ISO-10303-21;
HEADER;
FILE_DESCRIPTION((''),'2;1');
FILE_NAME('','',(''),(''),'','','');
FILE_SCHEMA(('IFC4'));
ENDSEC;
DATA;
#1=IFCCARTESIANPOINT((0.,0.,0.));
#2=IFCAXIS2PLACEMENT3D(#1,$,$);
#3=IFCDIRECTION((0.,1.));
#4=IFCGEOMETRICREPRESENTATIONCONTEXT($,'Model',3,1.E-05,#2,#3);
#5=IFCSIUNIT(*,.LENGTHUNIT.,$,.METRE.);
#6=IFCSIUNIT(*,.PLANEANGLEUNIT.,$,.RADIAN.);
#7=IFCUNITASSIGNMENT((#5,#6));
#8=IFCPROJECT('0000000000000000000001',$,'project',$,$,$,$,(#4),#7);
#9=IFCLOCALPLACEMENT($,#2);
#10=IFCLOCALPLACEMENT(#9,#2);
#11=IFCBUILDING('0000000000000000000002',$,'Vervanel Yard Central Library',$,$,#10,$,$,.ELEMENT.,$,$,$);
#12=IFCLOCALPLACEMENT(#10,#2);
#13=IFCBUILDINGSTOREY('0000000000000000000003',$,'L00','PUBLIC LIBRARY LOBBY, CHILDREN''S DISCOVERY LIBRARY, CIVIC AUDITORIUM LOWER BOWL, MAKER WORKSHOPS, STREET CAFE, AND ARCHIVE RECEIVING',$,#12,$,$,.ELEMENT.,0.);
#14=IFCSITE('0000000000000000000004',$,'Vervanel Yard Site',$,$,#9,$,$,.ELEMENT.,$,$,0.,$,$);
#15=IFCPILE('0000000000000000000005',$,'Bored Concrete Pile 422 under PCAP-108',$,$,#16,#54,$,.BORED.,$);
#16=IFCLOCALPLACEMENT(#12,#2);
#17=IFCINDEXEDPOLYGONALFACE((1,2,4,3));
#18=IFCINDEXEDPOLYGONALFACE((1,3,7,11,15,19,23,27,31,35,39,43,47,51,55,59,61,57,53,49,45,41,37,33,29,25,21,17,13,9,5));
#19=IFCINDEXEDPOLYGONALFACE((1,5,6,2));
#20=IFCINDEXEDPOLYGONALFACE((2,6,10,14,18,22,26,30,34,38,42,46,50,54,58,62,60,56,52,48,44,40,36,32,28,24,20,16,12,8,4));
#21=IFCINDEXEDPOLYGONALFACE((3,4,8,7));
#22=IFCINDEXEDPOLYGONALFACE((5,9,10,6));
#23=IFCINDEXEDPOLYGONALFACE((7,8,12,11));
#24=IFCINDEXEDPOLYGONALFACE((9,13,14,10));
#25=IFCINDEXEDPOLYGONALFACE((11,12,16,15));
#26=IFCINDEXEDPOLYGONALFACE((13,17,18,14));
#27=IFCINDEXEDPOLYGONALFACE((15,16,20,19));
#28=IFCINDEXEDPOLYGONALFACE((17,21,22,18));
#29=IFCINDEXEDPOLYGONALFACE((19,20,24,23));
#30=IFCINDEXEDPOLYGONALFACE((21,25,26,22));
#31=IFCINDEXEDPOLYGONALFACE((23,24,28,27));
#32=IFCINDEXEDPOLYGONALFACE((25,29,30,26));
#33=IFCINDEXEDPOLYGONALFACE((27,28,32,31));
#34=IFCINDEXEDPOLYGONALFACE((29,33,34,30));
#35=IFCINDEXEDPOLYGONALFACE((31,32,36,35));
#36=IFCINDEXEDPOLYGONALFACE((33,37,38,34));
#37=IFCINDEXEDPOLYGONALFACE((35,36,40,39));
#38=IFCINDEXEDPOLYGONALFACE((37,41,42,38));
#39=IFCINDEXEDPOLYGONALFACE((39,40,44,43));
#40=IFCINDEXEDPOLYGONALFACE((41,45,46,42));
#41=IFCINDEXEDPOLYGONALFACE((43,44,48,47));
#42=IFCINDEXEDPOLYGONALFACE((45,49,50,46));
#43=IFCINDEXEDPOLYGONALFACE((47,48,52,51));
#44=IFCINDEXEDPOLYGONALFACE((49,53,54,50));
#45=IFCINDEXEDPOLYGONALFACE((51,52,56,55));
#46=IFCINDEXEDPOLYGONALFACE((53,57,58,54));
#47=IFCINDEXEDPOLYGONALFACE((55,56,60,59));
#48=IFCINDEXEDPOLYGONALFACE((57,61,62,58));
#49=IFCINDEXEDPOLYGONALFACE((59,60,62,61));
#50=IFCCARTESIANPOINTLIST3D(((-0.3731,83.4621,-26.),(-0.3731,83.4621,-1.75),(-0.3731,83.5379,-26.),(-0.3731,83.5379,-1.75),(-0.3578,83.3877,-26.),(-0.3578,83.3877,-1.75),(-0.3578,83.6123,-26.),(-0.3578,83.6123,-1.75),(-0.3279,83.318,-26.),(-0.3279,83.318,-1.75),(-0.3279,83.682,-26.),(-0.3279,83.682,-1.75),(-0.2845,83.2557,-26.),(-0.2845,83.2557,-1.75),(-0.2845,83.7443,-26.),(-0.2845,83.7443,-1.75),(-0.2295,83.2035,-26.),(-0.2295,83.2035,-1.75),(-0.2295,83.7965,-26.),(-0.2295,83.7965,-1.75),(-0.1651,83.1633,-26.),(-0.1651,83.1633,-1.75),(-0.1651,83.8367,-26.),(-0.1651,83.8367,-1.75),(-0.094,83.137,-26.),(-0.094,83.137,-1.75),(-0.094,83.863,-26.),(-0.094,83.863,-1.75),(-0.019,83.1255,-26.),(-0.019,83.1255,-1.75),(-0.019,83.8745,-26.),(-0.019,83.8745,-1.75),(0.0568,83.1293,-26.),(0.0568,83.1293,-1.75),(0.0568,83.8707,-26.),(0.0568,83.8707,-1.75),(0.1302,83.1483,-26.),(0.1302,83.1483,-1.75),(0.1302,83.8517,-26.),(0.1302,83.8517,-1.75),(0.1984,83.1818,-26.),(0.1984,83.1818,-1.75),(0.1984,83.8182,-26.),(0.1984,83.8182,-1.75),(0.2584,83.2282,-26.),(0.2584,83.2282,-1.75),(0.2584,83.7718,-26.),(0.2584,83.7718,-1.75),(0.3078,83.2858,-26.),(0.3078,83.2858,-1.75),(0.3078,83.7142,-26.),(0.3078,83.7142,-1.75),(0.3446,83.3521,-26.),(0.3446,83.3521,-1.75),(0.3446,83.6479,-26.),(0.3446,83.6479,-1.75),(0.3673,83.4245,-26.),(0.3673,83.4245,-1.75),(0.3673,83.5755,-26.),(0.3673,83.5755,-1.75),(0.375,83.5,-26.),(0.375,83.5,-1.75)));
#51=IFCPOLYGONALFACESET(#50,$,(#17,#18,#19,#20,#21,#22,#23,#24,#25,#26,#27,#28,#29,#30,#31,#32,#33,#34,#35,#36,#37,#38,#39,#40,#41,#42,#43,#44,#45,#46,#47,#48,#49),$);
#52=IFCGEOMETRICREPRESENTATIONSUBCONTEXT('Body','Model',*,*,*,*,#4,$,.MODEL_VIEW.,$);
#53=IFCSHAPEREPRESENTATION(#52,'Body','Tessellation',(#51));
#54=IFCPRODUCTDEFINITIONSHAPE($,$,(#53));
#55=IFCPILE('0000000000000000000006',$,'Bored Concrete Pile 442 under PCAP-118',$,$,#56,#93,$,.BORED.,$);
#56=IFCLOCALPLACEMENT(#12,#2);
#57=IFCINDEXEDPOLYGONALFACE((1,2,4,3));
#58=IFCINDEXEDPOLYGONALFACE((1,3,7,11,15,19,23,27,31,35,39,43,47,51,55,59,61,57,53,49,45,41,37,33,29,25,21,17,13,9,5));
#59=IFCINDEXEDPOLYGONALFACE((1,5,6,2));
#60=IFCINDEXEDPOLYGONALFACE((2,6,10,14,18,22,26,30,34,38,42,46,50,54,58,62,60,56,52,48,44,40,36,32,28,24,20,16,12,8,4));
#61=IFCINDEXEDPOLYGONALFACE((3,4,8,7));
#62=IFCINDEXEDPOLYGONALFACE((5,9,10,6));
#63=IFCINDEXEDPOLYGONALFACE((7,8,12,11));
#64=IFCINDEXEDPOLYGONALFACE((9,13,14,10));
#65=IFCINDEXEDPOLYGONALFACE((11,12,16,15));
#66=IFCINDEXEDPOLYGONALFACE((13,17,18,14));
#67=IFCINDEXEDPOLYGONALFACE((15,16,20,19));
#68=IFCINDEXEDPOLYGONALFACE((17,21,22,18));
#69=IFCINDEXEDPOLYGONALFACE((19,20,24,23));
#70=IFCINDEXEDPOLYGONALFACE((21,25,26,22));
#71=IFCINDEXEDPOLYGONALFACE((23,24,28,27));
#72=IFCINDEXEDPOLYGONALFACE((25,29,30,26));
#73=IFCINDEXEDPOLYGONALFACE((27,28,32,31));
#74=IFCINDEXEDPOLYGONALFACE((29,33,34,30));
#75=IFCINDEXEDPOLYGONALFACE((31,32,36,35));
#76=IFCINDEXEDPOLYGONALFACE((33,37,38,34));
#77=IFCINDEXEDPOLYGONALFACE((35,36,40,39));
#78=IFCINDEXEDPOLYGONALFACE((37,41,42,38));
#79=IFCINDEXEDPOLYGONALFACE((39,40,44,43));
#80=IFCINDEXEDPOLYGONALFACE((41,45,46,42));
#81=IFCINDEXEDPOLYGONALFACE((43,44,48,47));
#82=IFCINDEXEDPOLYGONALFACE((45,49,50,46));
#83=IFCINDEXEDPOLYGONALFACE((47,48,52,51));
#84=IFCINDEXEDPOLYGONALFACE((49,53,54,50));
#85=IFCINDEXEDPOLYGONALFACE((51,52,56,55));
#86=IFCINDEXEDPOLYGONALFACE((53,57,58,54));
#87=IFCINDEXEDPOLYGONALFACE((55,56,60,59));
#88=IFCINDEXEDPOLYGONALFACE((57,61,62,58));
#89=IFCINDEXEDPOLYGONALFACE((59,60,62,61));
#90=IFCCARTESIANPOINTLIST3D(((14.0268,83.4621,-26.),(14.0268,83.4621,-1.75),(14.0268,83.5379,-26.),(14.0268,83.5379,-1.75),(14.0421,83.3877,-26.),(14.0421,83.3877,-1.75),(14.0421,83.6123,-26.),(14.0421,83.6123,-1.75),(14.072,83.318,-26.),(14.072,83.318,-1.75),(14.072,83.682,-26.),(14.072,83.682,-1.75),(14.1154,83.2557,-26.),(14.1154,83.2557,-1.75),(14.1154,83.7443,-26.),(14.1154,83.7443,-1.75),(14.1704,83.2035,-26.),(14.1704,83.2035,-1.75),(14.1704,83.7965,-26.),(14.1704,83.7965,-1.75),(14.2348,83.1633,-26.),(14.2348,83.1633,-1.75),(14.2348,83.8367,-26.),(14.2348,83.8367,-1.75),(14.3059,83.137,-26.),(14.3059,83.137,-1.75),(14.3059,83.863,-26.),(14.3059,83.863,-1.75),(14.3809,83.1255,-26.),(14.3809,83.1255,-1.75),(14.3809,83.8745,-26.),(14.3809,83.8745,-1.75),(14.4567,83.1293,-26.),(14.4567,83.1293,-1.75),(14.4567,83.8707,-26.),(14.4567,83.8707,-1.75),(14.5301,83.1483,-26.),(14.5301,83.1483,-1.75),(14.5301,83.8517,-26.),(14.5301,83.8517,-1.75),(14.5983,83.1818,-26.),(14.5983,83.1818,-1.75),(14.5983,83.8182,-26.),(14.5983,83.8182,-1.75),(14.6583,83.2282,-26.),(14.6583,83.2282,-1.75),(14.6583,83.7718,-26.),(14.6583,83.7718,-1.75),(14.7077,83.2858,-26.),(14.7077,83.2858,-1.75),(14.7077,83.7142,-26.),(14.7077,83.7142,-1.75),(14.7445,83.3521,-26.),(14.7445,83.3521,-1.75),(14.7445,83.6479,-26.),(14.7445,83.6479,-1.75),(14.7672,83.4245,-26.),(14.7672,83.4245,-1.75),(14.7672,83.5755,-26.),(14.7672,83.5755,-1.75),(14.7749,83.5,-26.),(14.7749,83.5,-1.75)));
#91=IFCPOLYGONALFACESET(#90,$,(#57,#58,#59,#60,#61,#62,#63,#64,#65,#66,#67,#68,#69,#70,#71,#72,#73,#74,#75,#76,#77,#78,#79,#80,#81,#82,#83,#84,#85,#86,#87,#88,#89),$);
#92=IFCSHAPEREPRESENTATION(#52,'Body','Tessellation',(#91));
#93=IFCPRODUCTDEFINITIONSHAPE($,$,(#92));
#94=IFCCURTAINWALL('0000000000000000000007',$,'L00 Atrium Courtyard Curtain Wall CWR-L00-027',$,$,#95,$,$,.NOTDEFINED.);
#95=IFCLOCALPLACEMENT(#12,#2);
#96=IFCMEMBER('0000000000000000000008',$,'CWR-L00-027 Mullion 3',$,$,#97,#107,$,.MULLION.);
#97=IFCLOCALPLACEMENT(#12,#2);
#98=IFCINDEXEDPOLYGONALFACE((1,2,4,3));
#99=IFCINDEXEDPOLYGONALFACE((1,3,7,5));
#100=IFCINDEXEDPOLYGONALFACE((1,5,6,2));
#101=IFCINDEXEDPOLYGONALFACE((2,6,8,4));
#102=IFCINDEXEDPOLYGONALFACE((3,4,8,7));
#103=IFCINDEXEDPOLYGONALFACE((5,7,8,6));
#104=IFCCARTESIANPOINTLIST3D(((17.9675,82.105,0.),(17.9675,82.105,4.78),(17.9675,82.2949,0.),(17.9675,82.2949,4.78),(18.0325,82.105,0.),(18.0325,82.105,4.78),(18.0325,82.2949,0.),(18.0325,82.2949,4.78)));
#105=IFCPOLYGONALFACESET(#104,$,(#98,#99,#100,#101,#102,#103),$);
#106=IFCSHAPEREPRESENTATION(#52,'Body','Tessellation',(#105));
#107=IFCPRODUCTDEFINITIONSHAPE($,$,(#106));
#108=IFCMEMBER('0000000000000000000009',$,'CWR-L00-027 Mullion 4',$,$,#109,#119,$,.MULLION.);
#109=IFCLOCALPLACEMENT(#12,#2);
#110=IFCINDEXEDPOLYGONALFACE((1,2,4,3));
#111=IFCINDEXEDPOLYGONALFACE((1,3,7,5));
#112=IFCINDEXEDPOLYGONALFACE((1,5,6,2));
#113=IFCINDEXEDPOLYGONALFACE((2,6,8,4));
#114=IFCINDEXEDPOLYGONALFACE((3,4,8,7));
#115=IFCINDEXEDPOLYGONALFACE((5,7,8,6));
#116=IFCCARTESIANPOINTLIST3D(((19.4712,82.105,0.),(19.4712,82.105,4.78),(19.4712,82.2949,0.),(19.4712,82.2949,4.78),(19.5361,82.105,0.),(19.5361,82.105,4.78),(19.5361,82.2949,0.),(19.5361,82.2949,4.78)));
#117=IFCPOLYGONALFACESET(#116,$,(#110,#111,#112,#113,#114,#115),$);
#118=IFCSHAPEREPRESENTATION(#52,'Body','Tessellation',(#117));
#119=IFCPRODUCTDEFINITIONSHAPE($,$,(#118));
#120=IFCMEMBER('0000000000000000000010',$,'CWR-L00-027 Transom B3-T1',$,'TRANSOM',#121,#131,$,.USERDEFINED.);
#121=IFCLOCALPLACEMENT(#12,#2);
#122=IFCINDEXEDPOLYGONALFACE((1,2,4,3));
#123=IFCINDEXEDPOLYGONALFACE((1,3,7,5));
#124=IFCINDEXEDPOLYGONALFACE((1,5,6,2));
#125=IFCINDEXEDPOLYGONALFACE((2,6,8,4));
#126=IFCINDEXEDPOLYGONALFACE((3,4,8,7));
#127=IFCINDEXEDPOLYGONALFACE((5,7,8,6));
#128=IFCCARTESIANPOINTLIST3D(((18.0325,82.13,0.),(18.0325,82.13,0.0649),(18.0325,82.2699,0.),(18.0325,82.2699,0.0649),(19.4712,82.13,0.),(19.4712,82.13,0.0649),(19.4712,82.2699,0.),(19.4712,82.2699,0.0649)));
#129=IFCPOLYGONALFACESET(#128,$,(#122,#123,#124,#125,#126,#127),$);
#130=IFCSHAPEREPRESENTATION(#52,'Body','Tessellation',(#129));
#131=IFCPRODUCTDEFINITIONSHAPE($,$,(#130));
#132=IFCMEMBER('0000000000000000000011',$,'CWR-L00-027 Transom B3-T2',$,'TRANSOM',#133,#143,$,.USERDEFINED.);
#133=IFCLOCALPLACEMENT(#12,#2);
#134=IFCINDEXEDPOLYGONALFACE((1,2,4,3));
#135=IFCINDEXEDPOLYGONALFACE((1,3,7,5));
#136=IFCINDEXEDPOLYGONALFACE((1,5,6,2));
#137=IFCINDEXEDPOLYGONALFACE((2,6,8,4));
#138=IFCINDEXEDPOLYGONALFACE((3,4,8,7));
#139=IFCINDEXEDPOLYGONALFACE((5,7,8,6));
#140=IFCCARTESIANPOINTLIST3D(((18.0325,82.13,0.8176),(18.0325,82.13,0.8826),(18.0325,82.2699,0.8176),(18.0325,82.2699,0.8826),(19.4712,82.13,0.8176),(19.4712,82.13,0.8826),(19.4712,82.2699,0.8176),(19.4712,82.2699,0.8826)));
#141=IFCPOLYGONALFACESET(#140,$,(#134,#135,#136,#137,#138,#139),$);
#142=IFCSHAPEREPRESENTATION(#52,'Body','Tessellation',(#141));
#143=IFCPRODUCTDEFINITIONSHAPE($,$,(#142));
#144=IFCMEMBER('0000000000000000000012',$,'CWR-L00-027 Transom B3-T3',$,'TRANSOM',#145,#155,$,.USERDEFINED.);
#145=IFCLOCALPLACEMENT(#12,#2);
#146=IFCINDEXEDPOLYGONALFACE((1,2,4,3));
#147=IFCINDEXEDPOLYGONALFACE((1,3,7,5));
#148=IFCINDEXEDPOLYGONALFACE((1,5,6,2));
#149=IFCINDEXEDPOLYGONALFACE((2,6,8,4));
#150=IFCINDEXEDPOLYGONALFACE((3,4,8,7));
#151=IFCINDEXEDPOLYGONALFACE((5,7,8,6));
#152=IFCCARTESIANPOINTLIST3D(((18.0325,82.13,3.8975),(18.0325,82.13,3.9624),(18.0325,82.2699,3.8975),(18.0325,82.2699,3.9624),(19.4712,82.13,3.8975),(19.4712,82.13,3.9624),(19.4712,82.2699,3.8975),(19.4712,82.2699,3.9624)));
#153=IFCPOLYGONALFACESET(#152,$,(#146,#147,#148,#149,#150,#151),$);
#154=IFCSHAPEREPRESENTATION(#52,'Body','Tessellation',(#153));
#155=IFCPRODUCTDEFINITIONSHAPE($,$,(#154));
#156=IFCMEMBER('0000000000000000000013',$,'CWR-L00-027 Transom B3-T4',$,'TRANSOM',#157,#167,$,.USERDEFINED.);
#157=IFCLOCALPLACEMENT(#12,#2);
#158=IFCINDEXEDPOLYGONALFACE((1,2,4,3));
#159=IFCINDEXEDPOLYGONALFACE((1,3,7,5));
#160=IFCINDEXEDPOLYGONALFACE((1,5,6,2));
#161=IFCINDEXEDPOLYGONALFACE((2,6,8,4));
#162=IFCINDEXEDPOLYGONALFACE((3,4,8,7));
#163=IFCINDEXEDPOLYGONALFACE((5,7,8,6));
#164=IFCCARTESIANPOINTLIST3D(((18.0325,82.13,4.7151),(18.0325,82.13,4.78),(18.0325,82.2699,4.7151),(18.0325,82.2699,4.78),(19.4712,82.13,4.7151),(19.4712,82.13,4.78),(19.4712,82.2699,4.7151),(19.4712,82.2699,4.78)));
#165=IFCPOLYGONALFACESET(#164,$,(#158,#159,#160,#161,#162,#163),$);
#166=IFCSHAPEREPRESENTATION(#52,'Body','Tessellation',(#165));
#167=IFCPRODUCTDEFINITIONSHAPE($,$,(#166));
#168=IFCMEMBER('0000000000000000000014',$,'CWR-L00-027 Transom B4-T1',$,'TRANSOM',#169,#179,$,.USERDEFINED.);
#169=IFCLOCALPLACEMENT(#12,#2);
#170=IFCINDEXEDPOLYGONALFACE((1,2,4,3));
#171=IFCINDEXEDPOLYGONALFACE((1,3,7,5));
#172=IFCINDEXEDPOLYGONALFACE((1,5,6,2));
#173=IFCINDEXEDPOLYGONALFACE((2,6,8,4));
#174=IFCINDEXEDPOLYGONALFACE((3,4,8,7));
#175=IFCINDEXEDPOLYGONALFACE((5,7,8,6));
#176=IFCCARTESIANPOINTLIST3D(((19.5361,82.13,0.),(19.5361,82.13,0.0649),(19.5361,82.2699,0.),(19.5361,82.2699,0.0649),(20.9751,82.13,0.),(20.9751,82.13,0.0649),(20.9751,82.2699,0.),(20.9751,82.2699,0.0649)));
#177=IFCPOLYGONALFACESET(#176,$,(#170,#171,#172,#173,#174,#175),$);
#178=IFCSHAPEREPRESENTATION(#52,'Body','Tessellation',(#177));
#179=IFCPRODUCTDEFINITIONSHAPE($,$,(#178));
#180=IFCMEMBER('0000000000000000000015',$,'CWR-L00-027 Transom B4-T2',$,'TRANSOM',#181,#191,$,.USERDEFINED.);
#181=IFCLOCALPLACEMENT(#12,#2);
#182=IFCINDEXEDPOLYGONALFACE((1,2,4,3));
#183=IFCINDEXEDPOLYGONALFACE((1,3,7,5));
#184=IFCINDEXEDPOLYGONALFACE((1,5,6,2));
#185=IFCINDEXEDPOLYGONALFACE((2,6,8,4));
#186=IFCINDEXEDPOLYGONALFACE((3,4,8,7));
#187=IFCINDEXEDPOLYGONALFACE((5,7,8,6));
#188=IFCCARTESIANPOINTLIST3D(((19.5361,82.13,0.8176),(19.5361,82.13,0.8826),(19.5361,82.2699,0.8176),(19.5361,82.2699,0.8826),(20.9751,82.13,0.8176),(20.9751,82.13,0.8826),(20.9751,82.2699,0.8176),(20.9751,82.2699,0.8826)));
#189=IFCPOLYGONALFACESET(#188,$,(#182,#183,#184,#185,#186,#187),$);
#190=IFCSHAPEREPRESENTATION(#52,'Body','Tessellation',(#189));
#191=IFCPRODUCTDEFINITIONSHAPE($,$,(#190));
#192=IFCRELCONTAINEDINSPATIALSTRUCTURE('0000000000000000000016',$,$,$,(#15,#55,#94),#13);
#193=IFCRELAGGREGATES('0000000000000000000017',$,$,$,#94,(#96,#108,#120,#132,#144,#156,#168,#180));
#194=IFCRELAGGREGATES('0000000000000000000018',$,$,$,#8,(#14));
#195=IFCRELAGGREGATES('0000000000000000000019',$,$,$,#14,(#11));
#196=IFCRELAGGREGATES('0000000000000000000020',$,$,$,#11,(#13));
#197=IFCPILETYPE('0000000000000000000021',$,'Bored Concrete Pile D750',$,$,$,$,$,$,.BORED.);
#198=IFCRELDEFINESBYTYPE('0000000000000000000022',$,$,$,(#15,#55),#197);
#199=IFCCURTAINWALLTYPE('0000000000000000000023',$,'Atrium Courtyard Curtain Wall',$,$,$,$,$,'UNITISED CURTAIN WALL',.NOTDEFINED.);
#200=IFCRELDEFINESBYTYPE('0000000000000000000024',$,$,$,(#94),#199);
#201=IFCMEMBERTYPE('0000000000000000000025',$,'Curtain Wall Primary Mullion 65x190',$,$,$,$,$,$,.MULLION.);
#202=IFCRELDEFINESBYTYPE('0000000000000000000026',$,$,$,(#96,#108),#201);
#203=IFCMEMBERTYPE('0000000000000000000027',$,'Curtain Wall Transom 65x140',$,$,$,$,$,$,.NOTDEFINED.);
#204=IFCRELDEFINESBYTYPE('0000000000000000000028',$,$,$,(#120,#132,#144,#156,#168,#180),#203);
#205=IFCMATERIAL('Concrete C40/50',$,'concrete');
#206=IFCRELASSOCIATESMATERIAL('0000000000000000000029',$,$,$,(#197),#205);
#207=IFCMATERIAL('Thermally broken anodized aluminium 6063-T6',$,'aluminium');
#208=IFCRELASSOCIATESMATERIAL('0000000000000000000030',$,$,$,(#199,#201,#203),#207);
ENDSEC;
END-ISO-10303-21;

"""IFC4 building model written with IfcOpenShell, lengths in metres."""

from ifc_helpers import new_model, si_unit, direction, frame, origin, origin_2d, place, context, subcontext, project, spatial, rectangle, circle, extrude, material, material_profile, profile_set, type_object, element, aggregate, save


model = new_model("IFC4")

# Units and contexts
model_context = context("Model", 3, precision=1e-05, world=origin(), true_north=direction((0.0, 1.0)))
body_context = subcontext(model_context, "Body", "Model", "MODEL_VIEW")
ifc_project = project(units=[si_unit("LENGTHUNIT", "METRE"), si_unit("PLANEANGLEUNIT", "RADIAN")], contexts=[model_context])

# Site, building, storey
site_placement = place(None, origin())
site = spatial("IfcSite", under=ifc_project, at=site_placement, Name="Vervanel Yard Site", CompositionType="ELEMENT", RefElevation=0.0)
building_placement = place(site_placement, origin())
building = spatial("IfcBuilding", under=site, at=building_placement, Name="Vervanel Yard Central Library", CompositionType="ELEMENT")
storey_placement = place(building_placement, origin())
storey = spatial("IfcBuildingStorey", under=building, at=storey_placement, Name="L00", Description="PUBLIC LIBRARY LOBBY, CHILDREN'S DISCOVERY LIBRARY, CIVIC AUDITORIUM LOWER BOWL, MAKER WORKSHOPS, STREET CAFE, AND ARCHIVE RECEIVING", CompositionType="ELEMENT", Elevation=0.0)

# Piles
ifc_material_1 = material(Name="Concrete C40/50", Category="concrete")
ifc_material_profile_1 = material_profile(ifc_material_1, circle(Radius=0.375, at=origin_2d()), Name="BP D750", Category="concrete")
ifc_profile_set_1 = profile_set([ifc_material_profile_1], Name="Concrete C40/50")
pile_type = type_object("IfcPileType", Name="Bored Concrete Pile D750", PredefinedType="BORED", material=ifc_profile_set_1)
for number, where, z_axis, x_axis, name in (
    (1, (0.0, 83.5, -1.75), (0.0, 0.0, -1.0), (1.0, 0.0, 0.0), "Bored Concrete Pile 422 under PCAP-108"),
    (2, (14.3999, 83.5, -1.75), (0.0, 0.0, -1.0), (1.0, 0.0, 0.0), "Bored Concrete Pile 442 under PCAP-118"),
):
    element("IfcPile", number, at=place(storey_placement, frame(where, z_axis=z_axis, x_axis=x_axis)), inside=storey, type_object=pile_type, Name=name, PredefinedType="BORED", context=body_context, shape_type="SweptSolid", body=[
        extrude(circle(Radius=0.375, at=origin_2d()), origin(), (0.0, 0.0, 1.0), 24.25),
    ])

# Curtain wall, members
ifc_material_2 = material(Name="Thermally broken anodized aluminium 6063-T6", Category="aluminium")
curtain_wall_type = type_object("IfcCurtainWallType", Name="Atrium Courtyard Curtain Wall", ElementType="UNITISED CURTAIN WALL", PredefinedType="NOTDEFINED", material=ifc_material_2)
curtain_wall_placement = place(storey_placement, origin())
curtain_wall = element("IfcCurtainWall", 3, at=curtain_wall_placement, inside=storey, type_object=curtain_wall_type, Name="L00 Atrium Courtyard Curtain Wall CWR-L00-027", PredefinedType="NOTDEFINED")
ifc_material_profile_2 = material_profile(ifc_material_2, rectangle(XDim=0.0649, YDim=0.1899, at=origin_2d()), Name="ALU 65x190", Category="aluminium")
ifc_profile_set_2 = profile_set([ifc_material_profile_2], Name="Thermally broken anodized aluminium 6063-T6")
member_type_1 = type_object("IfcMemberType", Name="Curtain Wall Primary Mullion 65x190", PredefinedType="MULLION", material=ifc_profile_set_2)
member_1_placement = place(storey_placement, frame((18.0, 82.2, 0.0), z_axis=(0.0, 0.0, 1.0), x_axis=(1.0, 0.0, 0.0)))
member_1 = element("IfcMember", 4, at=member_1_placement, type_object=member_type_1, Name="CWR-L00-027 Mullion 3", PredefinedType="MULLION", context=body_context, shape_type="SweptSolid", body=[
    extrude(rectangle(XDim=0.0649, YDim=0.1899, at=origin_2d()), origin(), (0.0, 0.0, 1.0), 4.78),
])
member_2_placement = place(storey_placement, frame((19.5037, 82.2, 0.0), z_axis=(0.0, 0.0, 1.0), x_axis=(1.0, 0.0, 0.0)))
member_2 = element("IfcMember", 5, at=member_2_placement, type_object=member_type_1, Name="CWR-L00-027 Mullion 4", PredefinedType="MULLION", context=body_context, shape_type="SweptSolid", body=[
    extrude(rectangle(XDim=0.0649, YDim=0.1899, at=origin_2d()), origin(), (0.0, 0.0, 1.0), 4.78),
])
ifc_material_profile_3 = material_profile(ifc_material_2, rectangle(XDim=0.0649, YDim=0.1399, at=origin_2d()), Name="ALU 65x140", Category="aluminium")
ifc_profile_set_3 = profile_set([ifc_material_profile_3], Name="Thermally broken anodized aluminium 6063-T6")
member_type_2 = type_object("IfcMemberType", Name="Curtain Wall Transom 65x140", PredefinedType="NOTDEFINED", material=ifc_profile_set_3)
member_3_placement = place(storey_placement, frame((18.0325, 82.2, 0.0325), z_axis=(1.0, 0.0, 0.0), x_axis=(0.0, 0.0, 1.0)))
member_3 = element("IfcMember", 6, at=member_3_placement, type_object=member_type_2, Name="CWR-L00-027 Transom B3-T1", ObjectType="TRANSOM", PredefinedType="USERDEFINED", context=body_context, shape_type="SweptSolid", body=[
    extrude(rectangle(XDim=0.0649, YDim=0.1399, at=origin_2d()), origin(), (0.0, 0.0, 1.0), 1.4387),
])
member_4_placement = place(storey_placement, frame((18.0325, 82.2, 0.8501), z_axis=(1.0, 0.0, 0.0), x_axis=(0.0, 0.0, 1.0)))
member_4 = element("IfcMember", 7, at=member_4_placement, type_object=member_type_2, Name="CWR-L00-027 Transom B3-T2", ObjectType="TRANSOM", PredefinedType="USERDEFINED", context=body_context, shape_type="SweptSolid", body=[
    extrude(rectangle(XDim=0.0649, YDim=0.1399, at=origin_2d()), origin(), (0.0, 0.0, 1.0), 1.4387),
])
member_5_placement = place(storey_placement, frame((18.0325, 82.2, 3.9299), z_axis=(1.0, 0.0, 0.0), x_axis=(0.0, 0.0, 1.0)))
member_5 = element("IfcMember", 8, at=member_5_placement, type_object=member_type_2, Name="CWR-L00-027 Transom B3-T3", ObjectType="TRANSOM", PredefinedType="USERDEFINED", context=body_context, shape_type="SweptSolid", body=[
    extrude(rectangle(XDim=0.0649, YDim=0.1399, at=origin_2d()), origin(), (0.0, 0.0, 1.0), 1.4387),
])
member_6_placement = place(storey_placement, frame((18.0325, 82.2, 4.7476), z_axis=(1.0, 0.0, 0.0), x_axis=(0.0, 0.0, 1.0)))
member_6 = element("IfcMember", 9, at=member_6_placement, type_object=member_type_2, Name="CWR-L00-027 Transom B3-T4", ObjectType="TRANSOM", PredefinedType="USERDEFINED", context=body_context, shape_type="SweptSolid", body=[
    extrude(rectangle(XDim=0.0649, YDim=0.1399, at=origin_2d()), origin(), (0.0, 0.0, 1.0), 1.4387),
])
member_7_placement = place(storey_placement, frame((19.5361, 82.2, 0.0325), z_axis=(1.0, 0.0, 0.0), x_axis=(0.0, 0.0, 1.0)))
member_7 = element("IfcMember", 10, at=member_7_placement, type_object=member_type_2, Name="CWR-L00-027 Transom B4-T1", ObjectType="TRANSOM", PredefinedType="USERDEFINED", context=body_context, shape_type="SweptSolid", body=[
    extrude(rectangle(XDim=0.0649, YDim=0.1399, at=origin_2d()), origin(), (0.0, 0.0, 1.0), 1.439),
])
member_8_placement = place(storey_placement, frame((19.5361, 82.2, 0.8501), z_axis=(1.0, 0.0, 0.0), x_axis=(0.0, 0.0, 1.0)))
member_8 = element("IfcMember", 11, at=member_8_placement, type_object=member_type_2, Name="CWR-L00-027 Transom B4-T2", ObjectType="TRANSOM", PredefinedType="USERDEFINED", context=body_context, shape_type="SweptSolid", body=[
    extrude(rectangle(XDim=0.0649, YDim=0.1399, at=origin_2d()), origin(), (0.0, 0.0, 1.0), 1.439),
])
aggregate(curtain_wall, [member_1, member_2, member_3, member_4, member_5, member_6, member_7, member_8])

save(model, "model.ifc")
